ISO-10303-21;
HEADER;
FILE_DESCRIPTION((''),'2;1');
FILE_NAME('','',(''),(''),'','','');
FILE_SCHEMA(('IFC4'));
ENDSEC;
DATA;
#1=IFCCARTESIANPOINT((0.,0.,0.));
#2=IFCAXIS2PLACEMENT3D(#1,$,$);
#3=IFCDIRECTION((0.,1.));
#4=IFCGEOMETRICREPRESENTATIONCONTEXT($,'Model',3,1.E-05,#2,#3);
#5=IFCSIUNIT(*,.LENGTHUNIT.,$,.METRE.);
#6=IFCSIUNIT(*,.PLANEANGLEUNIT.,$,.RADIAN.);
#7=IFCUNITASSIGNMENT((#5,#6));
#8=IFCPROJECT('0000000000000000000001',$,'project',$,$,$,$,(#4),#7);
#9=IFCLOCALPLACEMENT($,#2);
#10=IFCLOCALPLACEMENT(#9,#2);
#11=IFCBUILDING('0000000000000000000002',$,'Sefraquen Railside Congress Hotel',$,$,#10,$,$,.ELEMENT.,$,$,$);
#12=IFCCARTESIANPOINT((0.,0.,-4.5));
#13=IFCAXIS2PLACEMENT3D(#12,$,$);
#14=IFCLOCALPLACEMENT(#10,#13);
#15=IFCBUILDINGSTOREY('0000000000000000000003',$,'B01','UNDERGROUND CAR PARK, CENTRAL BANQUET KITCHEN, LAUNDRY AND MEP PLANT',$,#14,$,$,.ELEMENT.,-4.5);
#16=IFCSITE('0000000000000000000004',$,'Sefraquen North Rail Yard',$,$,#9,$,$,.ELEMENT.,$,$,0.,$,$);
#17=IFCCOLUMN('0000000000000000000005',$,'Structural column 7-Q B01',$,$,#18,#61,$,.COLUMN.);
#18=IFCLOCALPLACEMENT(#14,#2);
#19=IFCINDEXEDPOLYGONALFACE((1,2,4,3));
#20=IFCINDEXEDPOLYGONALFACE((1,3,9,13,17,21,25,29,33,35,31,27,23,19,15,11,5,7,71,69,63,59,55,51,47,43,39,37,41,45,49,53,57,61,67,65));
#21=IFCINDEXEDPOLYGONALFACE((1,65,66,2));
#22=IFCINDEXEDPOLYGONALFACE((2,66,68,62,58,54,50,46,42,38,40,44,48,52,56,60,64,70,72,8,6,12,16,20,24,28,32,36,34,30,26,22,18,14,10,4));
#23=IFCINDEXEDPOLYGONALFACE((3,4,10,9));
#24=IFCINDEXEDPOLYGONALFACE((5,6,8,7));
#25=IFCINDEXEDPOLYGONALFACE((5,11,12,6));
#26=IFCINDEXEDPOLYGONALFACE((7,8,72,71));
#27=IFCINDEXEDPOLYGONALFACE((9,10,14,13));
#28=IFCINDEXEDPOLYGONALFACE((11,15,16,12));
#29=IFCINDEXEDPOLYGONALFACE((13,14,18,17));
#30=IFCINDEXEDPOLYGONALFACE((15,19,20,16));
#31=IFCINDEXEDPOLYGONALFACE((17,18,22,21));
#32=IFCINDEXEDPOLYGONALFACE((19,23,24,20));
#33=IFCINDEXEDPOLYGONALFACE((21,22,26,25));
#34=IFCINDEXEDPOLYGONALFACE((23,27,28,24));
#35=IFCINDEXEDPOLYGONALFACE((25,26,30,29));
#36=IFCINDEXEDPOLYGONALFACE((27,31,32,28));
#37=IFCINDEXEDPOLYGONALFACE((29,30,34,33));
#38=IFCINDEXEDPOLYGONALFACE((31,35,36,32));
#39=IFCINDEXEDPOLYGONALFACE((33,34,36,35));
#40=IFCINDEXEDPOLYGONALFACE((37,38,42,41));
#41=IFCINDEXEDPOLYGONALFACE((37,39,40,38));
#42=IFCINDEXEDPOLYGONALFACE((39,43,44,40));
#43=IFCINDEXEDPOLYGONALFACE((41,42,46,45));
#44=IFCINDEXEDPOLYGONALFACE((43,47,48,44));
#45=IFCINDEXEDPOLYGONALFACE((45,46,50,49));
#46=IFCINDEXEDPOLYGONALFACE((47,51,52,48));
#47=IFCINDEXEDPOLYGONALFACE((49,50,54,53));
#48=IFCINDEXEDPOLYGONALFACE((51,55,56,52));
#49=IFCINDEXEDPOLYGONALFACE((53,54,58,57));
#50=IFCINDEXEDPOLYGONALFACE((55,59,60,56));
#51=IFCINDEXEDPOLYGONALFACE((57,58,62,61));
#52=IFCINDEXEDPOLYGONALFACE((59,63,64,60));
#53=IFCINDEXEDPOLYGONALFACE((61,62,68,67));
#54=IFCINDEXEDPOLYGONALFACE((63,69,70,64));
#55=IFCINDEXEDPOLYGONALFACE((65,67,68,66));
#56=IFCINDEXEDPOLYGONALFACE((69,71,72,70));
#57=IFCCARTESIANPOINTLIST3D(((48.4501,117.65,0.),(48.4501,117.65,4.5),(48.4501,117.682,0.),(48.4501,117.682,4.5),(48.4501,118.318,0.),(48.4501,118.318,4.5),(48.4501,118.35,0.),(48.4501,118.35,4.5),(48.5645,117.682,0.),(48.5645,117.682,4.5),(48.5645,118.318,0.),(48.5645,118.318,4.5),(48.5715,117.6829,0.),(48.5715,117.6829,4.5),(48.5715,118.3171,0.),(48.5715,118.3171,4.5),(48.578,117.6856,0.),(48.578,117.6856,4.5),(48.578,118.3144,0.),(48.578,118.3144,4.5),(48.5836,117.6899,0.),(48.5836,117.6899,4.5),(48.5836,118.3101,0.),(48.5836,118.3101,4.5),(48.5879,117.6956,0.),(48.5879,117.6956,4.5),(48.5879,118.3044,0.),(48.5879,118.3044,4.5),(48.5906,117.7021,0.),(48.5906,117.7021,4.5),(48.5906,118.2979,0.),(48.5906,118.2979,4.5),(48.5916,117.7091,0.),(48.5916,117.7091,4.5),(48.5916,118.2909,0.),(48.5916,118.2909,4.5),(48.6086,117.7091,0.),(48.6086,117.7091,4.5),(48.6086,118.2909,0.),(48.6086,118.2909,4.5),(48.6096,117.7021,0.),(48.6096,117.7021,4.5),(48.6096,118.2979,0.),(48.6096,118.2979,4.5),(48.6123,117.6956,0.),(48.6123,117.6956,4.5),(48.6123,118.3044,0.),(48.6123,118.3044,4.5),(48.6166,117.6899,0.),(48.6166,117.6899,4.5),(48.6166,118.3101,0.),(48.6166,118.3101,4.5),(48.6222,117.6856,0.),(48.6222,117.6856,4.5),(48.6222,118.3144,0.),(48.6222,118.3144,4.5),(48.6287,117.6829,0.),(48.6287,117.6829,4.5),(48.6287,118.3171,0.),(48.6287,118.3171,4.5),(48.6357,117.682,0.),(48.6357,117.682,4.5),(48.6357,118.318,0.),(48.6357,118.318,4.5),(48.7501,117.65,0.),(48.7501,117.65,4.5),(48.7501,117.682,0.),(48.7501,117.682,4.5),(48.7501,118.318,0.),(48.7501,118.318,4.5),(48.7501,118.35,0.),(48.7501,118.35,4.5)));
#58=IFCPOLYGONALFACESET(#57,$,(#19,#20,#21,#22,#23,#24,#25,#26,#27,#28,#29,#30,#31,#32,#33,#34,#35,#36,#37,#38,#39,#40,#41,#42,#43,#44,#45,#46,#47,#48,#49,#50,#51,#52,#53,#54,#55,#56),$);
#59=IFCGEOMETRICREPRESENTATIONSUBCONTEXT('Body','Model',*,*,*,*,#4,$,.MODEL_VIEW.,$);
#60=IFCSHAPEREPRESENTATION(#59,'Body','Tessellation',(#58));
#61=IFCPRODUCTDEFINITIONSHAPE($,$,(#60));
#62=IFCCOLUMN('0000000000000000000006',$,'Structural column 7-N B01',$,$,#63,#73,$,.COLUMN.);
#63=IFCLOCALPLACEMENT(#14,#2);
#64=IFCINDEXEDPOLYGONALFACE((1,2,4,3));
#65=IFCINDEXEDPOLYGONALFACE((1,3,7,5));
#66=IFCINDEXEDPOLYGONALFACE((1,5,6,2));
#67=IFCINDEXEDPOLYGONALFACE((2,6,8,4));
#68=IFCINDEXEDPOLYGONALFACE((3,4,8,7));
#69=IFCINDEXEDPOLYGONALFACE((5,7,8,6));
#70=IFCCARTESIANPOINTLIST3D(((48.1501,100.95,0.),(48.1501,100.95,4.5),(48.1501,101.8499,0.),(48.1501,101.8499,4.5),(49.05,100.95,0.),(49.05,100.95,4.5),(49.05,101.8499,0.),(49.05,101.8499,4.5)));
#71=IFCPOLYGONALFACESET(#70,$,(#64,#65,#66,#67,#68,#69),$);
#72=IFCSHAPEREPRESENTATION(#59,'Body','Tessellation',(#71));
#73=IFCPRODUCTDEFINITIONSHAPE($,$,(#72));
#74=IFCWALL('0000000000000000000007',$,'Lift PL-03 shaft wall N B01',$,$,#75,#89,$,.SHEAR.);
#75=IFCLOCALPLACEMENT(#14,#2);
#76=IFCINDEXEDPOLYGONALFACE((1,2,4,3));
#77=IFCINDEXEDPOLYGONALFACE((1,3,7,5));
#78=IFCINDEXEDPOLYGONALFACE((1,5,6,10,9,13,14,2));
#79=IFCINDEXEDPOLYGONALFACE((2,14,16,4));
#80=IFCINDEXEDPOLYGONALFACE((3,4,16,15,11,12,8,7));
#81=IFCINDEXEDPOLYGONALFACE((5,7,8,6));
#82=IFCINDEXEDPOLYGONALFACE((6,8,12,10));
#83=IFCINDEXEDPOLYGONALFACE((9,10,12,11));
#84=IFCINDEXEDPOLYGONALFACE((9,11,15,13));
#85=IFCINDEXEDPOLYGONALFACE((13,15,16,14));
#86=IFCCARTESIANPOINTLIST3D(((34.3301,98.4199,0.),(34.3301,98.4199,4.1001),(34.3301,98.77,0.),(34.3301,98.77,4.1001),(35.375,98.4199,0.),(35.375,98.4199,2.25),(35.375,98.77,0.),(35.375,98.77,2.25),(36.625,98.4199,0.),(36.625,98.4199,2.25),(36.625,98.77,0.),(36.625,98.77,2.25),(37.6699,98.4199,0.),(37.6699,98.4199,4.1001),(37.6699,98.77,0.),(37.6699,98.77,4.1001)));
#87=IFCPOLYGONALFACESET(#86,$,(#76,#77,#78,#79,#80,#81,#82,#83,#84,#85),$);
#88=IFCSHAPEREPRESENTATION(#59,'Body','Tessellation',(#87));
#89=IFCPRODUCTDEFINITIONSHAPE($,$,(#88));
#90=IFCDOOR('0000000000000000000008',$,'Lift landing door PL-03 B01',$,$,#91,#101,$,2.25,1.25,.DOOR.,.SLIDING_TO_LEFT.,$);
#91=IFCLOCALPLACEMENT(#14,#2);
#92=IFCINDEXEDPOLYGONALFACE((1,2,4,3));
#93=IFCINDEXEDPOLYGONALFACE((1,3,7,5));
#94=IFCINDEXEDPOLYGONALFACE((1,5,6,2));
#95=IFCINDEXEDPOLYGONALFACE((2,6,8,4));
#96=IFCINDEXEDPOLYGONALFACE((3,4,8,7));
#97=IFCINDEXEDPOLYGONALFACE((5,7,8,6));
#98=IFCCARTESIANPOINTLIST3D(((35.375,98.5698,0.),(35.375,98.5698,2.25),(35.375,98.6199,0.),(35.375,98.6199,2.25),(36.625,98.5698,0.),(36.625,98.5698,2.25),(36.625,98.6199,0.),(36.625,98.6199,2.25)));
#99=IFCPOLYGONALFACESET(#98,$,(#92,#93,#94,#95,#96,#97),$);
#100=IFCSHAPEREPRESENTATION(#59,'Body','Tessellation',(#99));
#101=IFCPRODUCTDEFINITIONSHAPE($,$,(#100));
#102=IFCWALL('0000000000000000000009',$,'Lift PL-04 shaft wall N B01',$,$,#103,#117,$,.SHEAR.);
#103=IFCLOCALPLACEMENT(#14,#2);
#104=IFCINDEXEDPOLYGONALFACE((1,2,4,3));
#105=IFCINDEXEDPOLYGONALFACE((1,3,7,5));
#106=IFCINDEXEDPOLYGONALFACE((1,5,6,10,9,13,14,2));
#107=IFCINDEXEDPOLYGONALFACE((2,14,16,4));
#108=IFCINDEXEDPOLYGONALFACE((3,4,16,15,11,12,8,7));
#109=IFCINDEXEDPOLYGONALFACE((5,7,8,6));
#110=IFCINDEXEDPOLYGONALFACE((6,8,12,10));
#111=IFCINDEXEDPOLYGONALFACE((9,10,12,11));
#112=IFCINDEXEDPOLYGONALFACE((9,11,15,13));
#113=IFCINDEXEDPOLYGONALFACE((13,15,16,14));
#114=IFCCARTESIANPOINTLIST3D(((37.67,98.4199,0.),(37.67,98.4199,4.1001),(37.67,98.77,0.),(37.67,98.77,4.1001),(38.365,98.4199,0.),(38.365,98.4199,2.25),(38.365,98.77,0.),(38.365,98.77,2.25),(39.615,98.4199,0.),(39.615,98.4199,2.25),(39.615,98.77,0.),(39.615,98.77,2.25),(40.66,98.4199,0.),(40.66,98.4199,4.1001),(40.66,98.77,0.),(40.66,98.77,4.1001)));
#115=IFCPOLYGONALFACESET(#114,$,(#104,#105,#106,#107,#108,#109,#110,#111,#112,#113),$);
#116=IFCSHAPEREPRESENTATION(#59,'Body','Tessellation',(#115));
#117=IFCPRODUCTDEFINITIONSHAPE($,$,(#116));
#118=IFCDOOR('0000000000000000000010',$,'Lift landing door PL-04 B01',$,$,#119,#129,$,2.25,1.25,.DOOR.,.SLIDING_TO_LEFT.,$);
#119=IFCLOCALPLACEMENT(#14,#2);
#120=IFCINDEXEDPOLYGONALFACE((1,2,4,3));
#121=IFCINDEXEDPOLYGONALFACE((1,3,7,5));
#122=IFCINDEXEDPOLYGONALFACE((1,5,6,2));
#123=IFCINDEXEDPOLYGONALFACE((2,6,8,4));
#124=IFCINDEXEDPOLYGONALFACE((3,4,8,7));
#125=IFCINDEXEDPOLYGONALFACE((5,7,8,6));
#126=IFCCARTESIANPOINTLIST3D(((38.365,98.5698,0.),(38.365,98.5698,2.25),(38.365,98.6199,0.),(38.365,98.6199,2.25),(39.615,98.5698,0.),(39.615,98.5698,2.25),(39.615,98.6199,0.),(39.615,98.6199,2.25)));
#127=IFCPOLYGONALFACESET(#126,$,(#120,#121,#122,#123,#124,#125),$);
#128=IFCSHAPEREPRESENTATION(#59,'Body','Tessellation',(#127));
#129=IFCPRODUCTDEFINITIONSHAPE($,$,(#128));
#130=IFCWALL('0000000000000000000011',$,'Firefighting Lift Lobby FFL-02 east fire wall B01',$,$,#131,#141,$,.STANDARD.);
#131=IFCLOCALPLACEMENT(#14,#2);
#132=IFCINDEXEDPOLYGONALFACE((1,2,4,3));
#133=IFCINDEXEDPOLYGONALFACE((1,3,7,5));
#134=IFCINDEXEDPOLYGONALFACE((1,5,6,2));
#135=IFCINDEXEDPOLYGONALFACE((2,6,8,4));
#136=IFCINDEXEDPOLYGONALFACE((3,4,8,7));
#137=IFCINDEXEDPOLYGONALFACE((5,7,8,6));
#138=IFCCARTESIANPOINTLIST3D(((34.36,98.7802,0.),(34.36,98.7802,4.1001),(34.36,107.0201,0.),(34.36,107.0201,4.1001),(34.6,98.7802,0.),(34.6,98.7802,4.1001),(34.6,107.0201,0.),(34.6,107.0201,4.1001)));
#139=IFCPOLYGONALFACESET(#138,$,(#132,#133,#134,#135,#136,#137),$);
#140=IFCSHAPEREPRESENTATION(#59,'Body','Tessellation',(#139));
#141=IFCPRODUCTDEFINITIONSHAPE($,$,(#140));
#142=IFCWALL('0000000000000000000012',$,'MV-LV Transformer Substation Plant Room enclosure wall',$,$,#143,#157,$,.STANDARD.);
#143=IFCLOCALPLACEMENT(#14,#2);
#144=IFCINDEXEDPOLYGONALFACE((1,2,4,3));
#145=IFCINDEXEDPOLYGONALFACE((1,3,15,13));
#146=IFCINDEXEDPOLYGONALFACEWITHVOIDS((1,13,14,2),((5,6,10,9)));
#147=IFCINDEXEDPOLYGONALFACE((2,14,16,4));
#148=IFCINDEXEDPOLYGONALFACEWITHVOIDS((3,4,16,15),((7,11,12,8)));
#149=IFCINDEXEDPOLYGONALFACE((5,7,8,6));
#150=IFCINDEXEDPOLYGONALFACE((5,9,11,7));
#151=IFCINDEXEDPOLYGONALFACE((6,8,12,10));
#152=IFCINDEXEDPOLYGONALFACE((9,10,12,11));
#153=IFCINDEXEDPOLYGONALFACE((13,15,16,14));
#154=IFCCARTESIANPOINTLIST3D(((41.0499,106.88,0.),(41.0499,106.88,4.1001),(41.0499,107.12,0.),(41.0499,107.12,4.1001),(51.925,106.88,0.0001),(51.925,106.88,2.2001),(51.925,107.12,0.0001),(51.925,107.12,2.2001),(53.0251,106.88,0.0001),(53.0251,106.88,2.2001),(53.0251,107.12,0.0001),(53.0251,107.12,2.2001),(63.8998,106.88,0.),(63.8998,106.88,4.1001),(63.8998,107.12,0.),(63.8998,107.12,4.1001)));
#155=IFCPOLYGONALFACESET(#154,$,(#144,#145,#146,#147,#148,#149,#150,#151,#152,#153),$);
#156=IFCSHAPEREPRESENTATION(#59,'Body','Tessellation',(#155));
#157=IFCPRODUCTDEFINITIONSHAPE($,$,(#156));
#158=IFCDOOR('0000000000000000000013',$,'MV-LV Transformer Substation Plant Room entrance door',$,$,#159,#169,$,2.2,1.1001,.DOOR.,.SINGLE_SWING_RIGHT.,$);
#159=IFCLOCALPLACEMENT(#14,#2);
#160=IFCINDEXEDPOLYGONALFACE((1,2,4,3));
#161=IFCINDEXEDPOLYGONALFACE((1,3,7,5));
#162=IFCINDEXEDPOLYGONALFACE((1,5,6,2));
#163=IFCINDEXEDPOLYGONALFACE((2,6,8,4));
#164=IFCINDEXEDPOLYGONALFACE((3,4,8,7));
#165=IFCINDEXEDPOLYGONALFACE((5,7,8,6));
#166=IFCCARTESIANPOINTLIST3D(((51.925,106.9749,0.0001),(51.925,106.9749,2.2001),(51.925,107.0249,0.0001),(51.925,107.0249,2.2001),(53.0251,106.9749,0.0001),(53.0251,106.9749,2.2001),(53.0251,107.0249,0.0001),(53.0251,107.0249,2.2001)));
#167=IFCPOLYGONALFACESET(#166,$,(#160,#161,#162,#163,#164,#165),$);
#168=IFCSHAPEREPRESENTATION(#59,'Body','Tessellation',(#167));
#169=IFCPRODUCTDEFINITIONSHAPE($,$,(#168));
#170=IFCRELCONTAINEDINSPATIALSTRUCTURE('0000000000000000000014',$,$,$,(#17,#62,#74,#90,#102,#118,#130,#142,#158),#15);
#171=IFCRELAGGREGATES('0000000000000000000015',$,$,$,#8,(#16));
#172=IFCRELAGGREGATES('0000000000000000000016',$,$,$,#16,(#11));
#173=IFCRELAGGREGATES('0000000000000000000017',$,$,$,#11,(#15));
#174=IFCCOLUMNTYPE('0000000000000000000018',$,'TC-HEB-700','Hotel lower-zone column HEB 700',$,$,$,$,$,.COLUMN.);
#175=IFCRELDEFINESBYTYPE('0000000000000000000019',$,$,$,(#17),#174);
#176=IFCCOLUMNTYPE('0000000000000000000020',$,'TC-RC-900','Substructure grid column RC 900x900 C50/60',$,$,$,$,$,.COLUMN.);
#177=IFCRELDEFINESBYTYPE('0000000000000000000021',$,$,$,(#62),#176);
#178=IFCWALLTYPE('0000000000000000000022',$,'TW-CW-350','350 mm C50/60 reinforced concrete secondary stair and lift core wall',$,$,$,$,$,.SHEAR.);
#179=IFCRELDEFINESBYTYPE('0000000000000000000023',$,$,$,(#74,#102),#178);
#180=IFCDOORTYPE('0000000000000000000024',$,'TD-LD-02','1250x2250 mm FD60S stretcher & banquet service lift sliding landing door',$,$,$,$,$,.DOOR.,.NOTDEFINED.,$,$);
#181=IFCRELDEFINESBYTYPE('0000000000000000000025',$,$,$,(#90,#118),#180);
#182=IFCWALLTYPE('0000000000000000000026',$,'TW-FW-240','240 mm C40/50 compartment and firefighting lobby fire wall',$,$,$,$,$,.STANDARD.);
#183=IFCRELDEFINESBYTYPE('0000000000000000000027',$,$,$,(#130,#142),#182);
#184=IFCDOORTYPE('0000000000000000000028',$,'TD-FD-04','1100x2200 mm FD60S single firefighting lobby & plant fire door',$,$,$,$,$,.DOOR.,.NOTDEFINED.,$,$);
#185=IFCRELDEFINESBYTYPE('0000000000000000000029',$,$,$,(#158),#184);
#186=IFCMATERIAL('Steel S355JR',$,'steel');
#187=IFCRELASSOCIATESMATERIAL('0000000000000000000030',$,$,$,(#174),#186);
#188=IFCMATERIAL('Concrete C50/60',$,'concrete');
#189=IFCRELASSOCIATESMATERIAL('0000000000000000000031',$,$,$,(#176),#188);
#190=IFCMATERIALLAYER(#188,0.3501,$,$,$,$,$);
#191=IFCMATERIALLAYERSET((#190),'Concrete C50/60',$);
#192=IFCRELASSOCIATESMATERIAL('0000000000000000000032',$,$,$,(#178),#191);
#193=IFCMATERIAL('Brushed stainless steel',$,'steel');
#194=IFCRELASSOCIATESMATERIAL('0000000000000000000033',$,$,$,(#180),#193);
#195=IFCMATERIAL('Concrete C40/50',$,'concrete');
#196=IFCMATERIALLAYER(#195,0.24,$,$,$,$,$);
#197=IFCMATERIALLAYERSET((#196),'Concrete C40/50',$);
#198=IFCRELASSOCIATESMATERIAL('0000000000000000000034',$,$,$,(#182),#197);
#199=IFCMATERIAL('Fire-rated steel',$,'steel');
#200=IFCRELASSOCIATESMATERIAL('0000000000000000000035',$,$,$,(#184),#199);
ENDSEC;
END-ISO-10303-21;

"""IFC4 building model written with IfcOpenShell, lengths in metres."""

from ifc_helpers import new_model, si_unit, direction, frame, frame_2d, origin, origin_2d, place, context, subcontext, project, spatial, rectangle, i_section, extrude, material, layer, layer_set, material_profile, profile_set, type_object, element, fill, save


model = new_model("IFC4")

# Units and contexts
model_context = context("Model", 3, precision=1e-05, world=origin(), true_north=direction((0.0, 1.0)))
body_context = subcontext(model_context, "Body", "Model", "MODEL_VIEW")
ifc_project = project(units=[si_unit("LENGTHUNIT", "METRE"), si_unit("PLANEANGLEUNIT", "RADIAN")], contexts=[model_context])

# Site, building, storey
site_placement = place(None, origin())
site = spatial("IfcSite", under=ifc_project, at=site_placement, Name="Sefraquen North Rail Yard", CompositionType="ELEMENT", RefElevation=0.0)
building_placement = place(site_placement, origin())
building = spatial("IfcBuilding", under=site, at=building_placement, Name="Sefraquen Railside Congress Hotel", CompositionType="ELEMENT")
storey_placement = place(building_placement, frame((0.0, 0.0, -4.5)))
storey = spatial("IfcBuildingStorey", under=building, at=storey_placement, Name="B01", Description="UNDERGROUND CAR PARK, CENTRAL BANQUET KITCHEN, LAUNDRY AND MEP PLANT", CompositionType="ELEMENT", Elevation=-4.5)

# Shared definitions
ifc_material_1 = material(Name="Concrete C40/50", Category="concrete")

# Columns
ifc_material_2 = material(Name="Steel S355JR", Category="steel")
ifc_material_profile_1 = material_profile(ifc_material_2, i_section(OverallWidth=0.3, OverallDepth=0.7, WebThickness=0.0171, FlangeThickness=0.032, FilletRadius=0.0271, at=origin_2d()), Name="HEB 700")
ifc_profile_set_1 = profile_set([ifc_material_profile_1], Name="Steel S355JR")
column_type_1 = type_object("IfcColumnType", Name="TC-HEB-700", Description="Hotel lower-zone column HEB 700", PredefinedType="COLUMN", material=ifc_profile_set_1)
for number, where, z_axis, x_axis, name in (
    (1, (48.6001, 118.0, 0.0), (0.0, 0.0, 1.0), (1.0, 0.0, 0.0), "Structural column 7-Q B01"),
):
    element("IfcColumn", number, at=place(storey_placement, frame(where, z_axis=z_axis, x_axis=x_axis)), inside=storey, type_object=column_type_1, Name=name, PredefinedType="COLUMN", context=body_context, shape_type="SweptSolid", body=[
        extrude(i_section(OverallWidth=0.3, OverallDepth=0.7, WebThickness=0.0171, FlangeThickness=0.032, FilletRadius=0.0271, at=origin_2d()), origin(), (0.0, 0.0, 1.0), 4.5),
    ])
ifc_material_3 = material(Name="Concrete C50/60", Category="concrete")
ifc_material_profile_2 = material_profile(ifc_material_3, rectangle(XDim=0.8999, YDim=0.8999, at=origin_2d()), Name="RC 900x900")
ifc_profile_set_2 = profile_set([ifc_material_profile_2], Name="Concrete C50/60")
column_type_2 = type_object("IfcColumnType", Name="TC-RC-900", Description="Substructure grid column RC 900x900 C50/60", PredefinedType="COLUMN", material=ifc_profile_set_2)
column_placement = place(storey_placement, frame((48.6001, 101.3999, 0.0), z_axis=(0.0, 0.0, 1.0), x_axis=(1.0, 0.0, 0.0)))
element("IfcColumn", 2, at=column_placement, inside=storey, type_object=column_type_2, Name="Structural column 7-N B01", PredefinedType="COLUMN", context=body_context, shape_type="SweptSolid", body=[
    extrude(rectangle(XDim=0.8999, YDim=0.8999, at=origin_2d()), origin(), (0.0, 0.0, 1.0), 4.5),
])

# Walls, openings, doors
ifc_layer_1 = layer(ifc_material_3, 0.3501)
ifc_layer_set_1 = layer_set([ifc_layer_1], Name="Concrete C50/60")
wall_type_1 = type_object("IfcWallType", Name="TW-CW-350", Description="350 mm C50/60 reinforced concrete secondary stair and lift core wall", PredefinedType="SHEAR", material=ifc_layer_set_1)
wall_1_placement = place(storey_placement, frame((34.3301, 98.595, 0.0), z_axis=(0.0, 0.0, 1.0), x_axis=(1.0, 0.0, 0.0)))
wall_1 = element("IfcWall", 3, at=wall_1_placement, inside=storey, type_object=wall_type_1, Name="Lift PL-03 shaft wall N B01", PredefinedType="SHEAR", context=body_context, shape_type="SweptSolid", body=[
    extrude(rectangle(XDim=3.3398, YDim=0.3501, at=frame_2d((1.6699, 0.0))), origin(), (0.0, 0.0, 1.0), 4.1001),
])
opening_1_placement = place(wall_1_placement, frame((1.0449, 0.0, 0.0)))
opening_1 = element("IfcOpeningElement", 4, at=opening_1_placement, cuts=wall_1, PredefinedType="OPENING", context=body_context, shape_type="SweptSolid", body=[
    extrude(rectangle(XDim=1.25, YDim=2.25, at=frame_2d((0.625, 1.125))), frame((0.0, 0.1851, 0.0), z_axis=(0.0, -1.0, 0.0), x_axis=(1.0, 0.0, 0.0)), (0.0, 0.0, 1.0), 0.3701),
])
ifc_material_4 = material(Name="Brushed stainless steel", Category="steel")
door_type_1 = type_object("IfcDoorType", Name="TD-LD-02", Description="1250x2250 mm FD60S stretcher & banquet service lift sliding landing door", OperationType="NOTDEFINED", PredefinedType="DOOR", material=ifc_material_4)
door_1_placement = place(opening_1_placement, origin())
door_1 = element("IfcDoor", 5, at=door_1_placement, inside=storey, type_object=door_type_1, Name="Lift landing door PL-03 B01", OperationType="SLIDING_TO_LEFT", OverallHeight=2.25, OverallWidth=1.25, PredefinedType="DOOR", context=body_context, shape_type="SweptSolid", body=[
    extrude(rectangle(XDim=1.25, YDim=2.25, at=frame_2d((0.625, 1.125))), frame((0.0, 0.0249, 0.0), z_axis=(0.0, -1.0, 0.0), x_axis=(1.0, 0.0, 0.0)), (0.0, 0.0, 1.0), 0.05),
])
fill(opening_1, door_1)
wall_2_placement = place(storey_placement, frame((37.6699, 98.595, 0.0), z_axis=(0.0, 0.0, 1.0), x_axis=(1.0, 0.0, 0.0)))
wall_2 = element("IfcWall", 6, at=wall_2_placement, inside=storey, type_object=wall_type_1, Name="Lift PL-04 shaft wall N B01", PredefinedType="SHEAR", context=body_context, shape_type="SweptSolid", body=[
    extrude(rectangle(XDim=2.99, YDim=0.3501, at=frame_2d((1.4951, 0.0))), origin(), (0.0, 0.0, 1.0), 4.1001),
])
opening_2_placement = place(wall_2_placement, frame((0.6951, 0.0, 0.0)))
opening_2 = element("IfcOpeningElement", 7, at=opening_2_placement, cuts=wall_2, PredefinedType="OPENING", context=body_context, shape_type="SweptSolid", body=[
    extrude(rectangle(XDim=1.25, YDim=2.25, at=frame_2d((0.625, 1.125))), frame((0.0, 0.1851, 0.0), z_axis=(0.0, -1.0, 0.0), x_axis=(1.0, 0.0, 0.0)), (0.0, 0.0, 1.0), 0.3701),
])
door_2_placement = place(opening_2_placement, origin())
door_2 = element("IfcDoor", 8, at=door_2_placement, inside=storey, type_object=door_type_1, Name="Lift landing door PL-04 B01", OperationType="SLIDING_TO_LEFT", OverallHeight=2.25, OverallWidth=1.25, PredefinedType="DOOR", context=body_context, shape_type="SweptSolid", body=[
    extrude(rectangle(XDim=1.25, YDim=2.25, at=frame_2d((0.625, 1.125))), frame((0.0, 0.0249, 0.0), z_axis=(0.0, -1.0, 0.0), x_axis=(1.0, 0.0, 0.0)), (0.0, 0.0, 1.0), 0.05),
])
fill(opening_2, door_2)

# Wall
ifc_layer_2 = layer(ifc_material_1, 0.24)
ifc_layer_set_2 = layer_set([ifc_layer_2], Name="Concrete C40/50")
wall_type_2 = type_object("IfcWallType", Name="TW-FW-240", Description="240 mm C40/50 compartment and firefighting lobby fire wall", PredefinedType="STANDARD", material=ifc_layer_set_2)
wall_3_placement = place(storey_placement, frame((34.48, 98.78, 0.0), z_axis=(0.0, 0.0, 1.0), x_axis=(0.0, 1.0, 0.0)))
element("IfcWall", 9, at=wall_3_placement, inside=storey, type_object=wall_type_2, Name="Firefighting Lift Lobby FFL-02 east fire wall B01", PredefinedType="STANDARD", context=body_context, shape_type="SweptSolid", body=[
    extrude(rectangle(XDim=8.24, YDim=0.24, at=frame_2d((4.1201, 0.0))), origin(), (0.0, 0.0, 1.0), 4.1001),
])

# Wall, opening, door
wall_4_placement = place(storey_placement, frame((41.05, 107.0, 0.0), z_axis=(0.0, 0.0, 1.0), x_axis=(1.0, 0.0, 0.0)))
wall_4 = element("IfcWall", 10, at=wall_4_placement, inside=storey, type_object=wall_type_2, Name="MV-LV Transformer Substation Plant Room enclosure wall", PredefinedType="STANDARD", context=body_context, shape_type="SweptSolid", body=[
    extrude(rectangle(XDim=22.8499, YDim=0.24, at=frame_2d((11.4248, 0.0))), origin(), (0.0, 0.0, 1.0), 4.1001),
])
opening_3_placement = place(wall_4_placement, frame((10.875, 0.0, 0.0)))
opening_3 = element("IfcOpeningElement", 11, at=opening_3_placement, cuts=wall_4, PredefinedType="OPENING", context=body_context, shape_type="SweptSolid", body=[
    extrude(rectangle(XDim=1.1001, YDim=2.2, at=frame_2d((0.55, 1.1001))), frame((0.0, 0.1299, 0.0), z_axis=(0.0, -1.0, 0.0), x_axis=(1.0, 0.0, 0.0)), (0.0, 0.0, 1.0), 0.26),
])
ifc_material_5 = material(Name="Fire-rated steel", Category="steel")
door_type_2 = type_object("IfcDoorType", Name="TD-FD-04", Description="1100x2200 mm FD60S single firefighting lobby & plant fire door", OperationType="NOTDEFINED", PredefinedType="DOOR", material=ifc_material_5)
door_3_placement = place(opening_3_placement, origin())
door_3 = element("IfcDoor", 12, at=door_3_placement, inside=storey, type_object=door_type_2, Name="MV-LV Transformer Substation Plant Room entrance door", OperationType="SINGLE_SWING_RIGHT", OverallHeight=2.2, OverallWidth=1.1001, PredefinedType="DOOR", context=body_context, shape_type="SweptSolid", body=[
    extrude(rectangle(XDim=1.1001, YDim=2.2, at=frame_2d((0.55, 1.1001))), frame((0.0, 0.0249, 0.0), z_axis=(0.0, -1.0, 0.0), x_axis=(1.0, 0.0, 0.0)), (0.0, 0.0, 1.0), 0.05),
])
fill(opening_3, door_3)

save(model, "model.ifc")
